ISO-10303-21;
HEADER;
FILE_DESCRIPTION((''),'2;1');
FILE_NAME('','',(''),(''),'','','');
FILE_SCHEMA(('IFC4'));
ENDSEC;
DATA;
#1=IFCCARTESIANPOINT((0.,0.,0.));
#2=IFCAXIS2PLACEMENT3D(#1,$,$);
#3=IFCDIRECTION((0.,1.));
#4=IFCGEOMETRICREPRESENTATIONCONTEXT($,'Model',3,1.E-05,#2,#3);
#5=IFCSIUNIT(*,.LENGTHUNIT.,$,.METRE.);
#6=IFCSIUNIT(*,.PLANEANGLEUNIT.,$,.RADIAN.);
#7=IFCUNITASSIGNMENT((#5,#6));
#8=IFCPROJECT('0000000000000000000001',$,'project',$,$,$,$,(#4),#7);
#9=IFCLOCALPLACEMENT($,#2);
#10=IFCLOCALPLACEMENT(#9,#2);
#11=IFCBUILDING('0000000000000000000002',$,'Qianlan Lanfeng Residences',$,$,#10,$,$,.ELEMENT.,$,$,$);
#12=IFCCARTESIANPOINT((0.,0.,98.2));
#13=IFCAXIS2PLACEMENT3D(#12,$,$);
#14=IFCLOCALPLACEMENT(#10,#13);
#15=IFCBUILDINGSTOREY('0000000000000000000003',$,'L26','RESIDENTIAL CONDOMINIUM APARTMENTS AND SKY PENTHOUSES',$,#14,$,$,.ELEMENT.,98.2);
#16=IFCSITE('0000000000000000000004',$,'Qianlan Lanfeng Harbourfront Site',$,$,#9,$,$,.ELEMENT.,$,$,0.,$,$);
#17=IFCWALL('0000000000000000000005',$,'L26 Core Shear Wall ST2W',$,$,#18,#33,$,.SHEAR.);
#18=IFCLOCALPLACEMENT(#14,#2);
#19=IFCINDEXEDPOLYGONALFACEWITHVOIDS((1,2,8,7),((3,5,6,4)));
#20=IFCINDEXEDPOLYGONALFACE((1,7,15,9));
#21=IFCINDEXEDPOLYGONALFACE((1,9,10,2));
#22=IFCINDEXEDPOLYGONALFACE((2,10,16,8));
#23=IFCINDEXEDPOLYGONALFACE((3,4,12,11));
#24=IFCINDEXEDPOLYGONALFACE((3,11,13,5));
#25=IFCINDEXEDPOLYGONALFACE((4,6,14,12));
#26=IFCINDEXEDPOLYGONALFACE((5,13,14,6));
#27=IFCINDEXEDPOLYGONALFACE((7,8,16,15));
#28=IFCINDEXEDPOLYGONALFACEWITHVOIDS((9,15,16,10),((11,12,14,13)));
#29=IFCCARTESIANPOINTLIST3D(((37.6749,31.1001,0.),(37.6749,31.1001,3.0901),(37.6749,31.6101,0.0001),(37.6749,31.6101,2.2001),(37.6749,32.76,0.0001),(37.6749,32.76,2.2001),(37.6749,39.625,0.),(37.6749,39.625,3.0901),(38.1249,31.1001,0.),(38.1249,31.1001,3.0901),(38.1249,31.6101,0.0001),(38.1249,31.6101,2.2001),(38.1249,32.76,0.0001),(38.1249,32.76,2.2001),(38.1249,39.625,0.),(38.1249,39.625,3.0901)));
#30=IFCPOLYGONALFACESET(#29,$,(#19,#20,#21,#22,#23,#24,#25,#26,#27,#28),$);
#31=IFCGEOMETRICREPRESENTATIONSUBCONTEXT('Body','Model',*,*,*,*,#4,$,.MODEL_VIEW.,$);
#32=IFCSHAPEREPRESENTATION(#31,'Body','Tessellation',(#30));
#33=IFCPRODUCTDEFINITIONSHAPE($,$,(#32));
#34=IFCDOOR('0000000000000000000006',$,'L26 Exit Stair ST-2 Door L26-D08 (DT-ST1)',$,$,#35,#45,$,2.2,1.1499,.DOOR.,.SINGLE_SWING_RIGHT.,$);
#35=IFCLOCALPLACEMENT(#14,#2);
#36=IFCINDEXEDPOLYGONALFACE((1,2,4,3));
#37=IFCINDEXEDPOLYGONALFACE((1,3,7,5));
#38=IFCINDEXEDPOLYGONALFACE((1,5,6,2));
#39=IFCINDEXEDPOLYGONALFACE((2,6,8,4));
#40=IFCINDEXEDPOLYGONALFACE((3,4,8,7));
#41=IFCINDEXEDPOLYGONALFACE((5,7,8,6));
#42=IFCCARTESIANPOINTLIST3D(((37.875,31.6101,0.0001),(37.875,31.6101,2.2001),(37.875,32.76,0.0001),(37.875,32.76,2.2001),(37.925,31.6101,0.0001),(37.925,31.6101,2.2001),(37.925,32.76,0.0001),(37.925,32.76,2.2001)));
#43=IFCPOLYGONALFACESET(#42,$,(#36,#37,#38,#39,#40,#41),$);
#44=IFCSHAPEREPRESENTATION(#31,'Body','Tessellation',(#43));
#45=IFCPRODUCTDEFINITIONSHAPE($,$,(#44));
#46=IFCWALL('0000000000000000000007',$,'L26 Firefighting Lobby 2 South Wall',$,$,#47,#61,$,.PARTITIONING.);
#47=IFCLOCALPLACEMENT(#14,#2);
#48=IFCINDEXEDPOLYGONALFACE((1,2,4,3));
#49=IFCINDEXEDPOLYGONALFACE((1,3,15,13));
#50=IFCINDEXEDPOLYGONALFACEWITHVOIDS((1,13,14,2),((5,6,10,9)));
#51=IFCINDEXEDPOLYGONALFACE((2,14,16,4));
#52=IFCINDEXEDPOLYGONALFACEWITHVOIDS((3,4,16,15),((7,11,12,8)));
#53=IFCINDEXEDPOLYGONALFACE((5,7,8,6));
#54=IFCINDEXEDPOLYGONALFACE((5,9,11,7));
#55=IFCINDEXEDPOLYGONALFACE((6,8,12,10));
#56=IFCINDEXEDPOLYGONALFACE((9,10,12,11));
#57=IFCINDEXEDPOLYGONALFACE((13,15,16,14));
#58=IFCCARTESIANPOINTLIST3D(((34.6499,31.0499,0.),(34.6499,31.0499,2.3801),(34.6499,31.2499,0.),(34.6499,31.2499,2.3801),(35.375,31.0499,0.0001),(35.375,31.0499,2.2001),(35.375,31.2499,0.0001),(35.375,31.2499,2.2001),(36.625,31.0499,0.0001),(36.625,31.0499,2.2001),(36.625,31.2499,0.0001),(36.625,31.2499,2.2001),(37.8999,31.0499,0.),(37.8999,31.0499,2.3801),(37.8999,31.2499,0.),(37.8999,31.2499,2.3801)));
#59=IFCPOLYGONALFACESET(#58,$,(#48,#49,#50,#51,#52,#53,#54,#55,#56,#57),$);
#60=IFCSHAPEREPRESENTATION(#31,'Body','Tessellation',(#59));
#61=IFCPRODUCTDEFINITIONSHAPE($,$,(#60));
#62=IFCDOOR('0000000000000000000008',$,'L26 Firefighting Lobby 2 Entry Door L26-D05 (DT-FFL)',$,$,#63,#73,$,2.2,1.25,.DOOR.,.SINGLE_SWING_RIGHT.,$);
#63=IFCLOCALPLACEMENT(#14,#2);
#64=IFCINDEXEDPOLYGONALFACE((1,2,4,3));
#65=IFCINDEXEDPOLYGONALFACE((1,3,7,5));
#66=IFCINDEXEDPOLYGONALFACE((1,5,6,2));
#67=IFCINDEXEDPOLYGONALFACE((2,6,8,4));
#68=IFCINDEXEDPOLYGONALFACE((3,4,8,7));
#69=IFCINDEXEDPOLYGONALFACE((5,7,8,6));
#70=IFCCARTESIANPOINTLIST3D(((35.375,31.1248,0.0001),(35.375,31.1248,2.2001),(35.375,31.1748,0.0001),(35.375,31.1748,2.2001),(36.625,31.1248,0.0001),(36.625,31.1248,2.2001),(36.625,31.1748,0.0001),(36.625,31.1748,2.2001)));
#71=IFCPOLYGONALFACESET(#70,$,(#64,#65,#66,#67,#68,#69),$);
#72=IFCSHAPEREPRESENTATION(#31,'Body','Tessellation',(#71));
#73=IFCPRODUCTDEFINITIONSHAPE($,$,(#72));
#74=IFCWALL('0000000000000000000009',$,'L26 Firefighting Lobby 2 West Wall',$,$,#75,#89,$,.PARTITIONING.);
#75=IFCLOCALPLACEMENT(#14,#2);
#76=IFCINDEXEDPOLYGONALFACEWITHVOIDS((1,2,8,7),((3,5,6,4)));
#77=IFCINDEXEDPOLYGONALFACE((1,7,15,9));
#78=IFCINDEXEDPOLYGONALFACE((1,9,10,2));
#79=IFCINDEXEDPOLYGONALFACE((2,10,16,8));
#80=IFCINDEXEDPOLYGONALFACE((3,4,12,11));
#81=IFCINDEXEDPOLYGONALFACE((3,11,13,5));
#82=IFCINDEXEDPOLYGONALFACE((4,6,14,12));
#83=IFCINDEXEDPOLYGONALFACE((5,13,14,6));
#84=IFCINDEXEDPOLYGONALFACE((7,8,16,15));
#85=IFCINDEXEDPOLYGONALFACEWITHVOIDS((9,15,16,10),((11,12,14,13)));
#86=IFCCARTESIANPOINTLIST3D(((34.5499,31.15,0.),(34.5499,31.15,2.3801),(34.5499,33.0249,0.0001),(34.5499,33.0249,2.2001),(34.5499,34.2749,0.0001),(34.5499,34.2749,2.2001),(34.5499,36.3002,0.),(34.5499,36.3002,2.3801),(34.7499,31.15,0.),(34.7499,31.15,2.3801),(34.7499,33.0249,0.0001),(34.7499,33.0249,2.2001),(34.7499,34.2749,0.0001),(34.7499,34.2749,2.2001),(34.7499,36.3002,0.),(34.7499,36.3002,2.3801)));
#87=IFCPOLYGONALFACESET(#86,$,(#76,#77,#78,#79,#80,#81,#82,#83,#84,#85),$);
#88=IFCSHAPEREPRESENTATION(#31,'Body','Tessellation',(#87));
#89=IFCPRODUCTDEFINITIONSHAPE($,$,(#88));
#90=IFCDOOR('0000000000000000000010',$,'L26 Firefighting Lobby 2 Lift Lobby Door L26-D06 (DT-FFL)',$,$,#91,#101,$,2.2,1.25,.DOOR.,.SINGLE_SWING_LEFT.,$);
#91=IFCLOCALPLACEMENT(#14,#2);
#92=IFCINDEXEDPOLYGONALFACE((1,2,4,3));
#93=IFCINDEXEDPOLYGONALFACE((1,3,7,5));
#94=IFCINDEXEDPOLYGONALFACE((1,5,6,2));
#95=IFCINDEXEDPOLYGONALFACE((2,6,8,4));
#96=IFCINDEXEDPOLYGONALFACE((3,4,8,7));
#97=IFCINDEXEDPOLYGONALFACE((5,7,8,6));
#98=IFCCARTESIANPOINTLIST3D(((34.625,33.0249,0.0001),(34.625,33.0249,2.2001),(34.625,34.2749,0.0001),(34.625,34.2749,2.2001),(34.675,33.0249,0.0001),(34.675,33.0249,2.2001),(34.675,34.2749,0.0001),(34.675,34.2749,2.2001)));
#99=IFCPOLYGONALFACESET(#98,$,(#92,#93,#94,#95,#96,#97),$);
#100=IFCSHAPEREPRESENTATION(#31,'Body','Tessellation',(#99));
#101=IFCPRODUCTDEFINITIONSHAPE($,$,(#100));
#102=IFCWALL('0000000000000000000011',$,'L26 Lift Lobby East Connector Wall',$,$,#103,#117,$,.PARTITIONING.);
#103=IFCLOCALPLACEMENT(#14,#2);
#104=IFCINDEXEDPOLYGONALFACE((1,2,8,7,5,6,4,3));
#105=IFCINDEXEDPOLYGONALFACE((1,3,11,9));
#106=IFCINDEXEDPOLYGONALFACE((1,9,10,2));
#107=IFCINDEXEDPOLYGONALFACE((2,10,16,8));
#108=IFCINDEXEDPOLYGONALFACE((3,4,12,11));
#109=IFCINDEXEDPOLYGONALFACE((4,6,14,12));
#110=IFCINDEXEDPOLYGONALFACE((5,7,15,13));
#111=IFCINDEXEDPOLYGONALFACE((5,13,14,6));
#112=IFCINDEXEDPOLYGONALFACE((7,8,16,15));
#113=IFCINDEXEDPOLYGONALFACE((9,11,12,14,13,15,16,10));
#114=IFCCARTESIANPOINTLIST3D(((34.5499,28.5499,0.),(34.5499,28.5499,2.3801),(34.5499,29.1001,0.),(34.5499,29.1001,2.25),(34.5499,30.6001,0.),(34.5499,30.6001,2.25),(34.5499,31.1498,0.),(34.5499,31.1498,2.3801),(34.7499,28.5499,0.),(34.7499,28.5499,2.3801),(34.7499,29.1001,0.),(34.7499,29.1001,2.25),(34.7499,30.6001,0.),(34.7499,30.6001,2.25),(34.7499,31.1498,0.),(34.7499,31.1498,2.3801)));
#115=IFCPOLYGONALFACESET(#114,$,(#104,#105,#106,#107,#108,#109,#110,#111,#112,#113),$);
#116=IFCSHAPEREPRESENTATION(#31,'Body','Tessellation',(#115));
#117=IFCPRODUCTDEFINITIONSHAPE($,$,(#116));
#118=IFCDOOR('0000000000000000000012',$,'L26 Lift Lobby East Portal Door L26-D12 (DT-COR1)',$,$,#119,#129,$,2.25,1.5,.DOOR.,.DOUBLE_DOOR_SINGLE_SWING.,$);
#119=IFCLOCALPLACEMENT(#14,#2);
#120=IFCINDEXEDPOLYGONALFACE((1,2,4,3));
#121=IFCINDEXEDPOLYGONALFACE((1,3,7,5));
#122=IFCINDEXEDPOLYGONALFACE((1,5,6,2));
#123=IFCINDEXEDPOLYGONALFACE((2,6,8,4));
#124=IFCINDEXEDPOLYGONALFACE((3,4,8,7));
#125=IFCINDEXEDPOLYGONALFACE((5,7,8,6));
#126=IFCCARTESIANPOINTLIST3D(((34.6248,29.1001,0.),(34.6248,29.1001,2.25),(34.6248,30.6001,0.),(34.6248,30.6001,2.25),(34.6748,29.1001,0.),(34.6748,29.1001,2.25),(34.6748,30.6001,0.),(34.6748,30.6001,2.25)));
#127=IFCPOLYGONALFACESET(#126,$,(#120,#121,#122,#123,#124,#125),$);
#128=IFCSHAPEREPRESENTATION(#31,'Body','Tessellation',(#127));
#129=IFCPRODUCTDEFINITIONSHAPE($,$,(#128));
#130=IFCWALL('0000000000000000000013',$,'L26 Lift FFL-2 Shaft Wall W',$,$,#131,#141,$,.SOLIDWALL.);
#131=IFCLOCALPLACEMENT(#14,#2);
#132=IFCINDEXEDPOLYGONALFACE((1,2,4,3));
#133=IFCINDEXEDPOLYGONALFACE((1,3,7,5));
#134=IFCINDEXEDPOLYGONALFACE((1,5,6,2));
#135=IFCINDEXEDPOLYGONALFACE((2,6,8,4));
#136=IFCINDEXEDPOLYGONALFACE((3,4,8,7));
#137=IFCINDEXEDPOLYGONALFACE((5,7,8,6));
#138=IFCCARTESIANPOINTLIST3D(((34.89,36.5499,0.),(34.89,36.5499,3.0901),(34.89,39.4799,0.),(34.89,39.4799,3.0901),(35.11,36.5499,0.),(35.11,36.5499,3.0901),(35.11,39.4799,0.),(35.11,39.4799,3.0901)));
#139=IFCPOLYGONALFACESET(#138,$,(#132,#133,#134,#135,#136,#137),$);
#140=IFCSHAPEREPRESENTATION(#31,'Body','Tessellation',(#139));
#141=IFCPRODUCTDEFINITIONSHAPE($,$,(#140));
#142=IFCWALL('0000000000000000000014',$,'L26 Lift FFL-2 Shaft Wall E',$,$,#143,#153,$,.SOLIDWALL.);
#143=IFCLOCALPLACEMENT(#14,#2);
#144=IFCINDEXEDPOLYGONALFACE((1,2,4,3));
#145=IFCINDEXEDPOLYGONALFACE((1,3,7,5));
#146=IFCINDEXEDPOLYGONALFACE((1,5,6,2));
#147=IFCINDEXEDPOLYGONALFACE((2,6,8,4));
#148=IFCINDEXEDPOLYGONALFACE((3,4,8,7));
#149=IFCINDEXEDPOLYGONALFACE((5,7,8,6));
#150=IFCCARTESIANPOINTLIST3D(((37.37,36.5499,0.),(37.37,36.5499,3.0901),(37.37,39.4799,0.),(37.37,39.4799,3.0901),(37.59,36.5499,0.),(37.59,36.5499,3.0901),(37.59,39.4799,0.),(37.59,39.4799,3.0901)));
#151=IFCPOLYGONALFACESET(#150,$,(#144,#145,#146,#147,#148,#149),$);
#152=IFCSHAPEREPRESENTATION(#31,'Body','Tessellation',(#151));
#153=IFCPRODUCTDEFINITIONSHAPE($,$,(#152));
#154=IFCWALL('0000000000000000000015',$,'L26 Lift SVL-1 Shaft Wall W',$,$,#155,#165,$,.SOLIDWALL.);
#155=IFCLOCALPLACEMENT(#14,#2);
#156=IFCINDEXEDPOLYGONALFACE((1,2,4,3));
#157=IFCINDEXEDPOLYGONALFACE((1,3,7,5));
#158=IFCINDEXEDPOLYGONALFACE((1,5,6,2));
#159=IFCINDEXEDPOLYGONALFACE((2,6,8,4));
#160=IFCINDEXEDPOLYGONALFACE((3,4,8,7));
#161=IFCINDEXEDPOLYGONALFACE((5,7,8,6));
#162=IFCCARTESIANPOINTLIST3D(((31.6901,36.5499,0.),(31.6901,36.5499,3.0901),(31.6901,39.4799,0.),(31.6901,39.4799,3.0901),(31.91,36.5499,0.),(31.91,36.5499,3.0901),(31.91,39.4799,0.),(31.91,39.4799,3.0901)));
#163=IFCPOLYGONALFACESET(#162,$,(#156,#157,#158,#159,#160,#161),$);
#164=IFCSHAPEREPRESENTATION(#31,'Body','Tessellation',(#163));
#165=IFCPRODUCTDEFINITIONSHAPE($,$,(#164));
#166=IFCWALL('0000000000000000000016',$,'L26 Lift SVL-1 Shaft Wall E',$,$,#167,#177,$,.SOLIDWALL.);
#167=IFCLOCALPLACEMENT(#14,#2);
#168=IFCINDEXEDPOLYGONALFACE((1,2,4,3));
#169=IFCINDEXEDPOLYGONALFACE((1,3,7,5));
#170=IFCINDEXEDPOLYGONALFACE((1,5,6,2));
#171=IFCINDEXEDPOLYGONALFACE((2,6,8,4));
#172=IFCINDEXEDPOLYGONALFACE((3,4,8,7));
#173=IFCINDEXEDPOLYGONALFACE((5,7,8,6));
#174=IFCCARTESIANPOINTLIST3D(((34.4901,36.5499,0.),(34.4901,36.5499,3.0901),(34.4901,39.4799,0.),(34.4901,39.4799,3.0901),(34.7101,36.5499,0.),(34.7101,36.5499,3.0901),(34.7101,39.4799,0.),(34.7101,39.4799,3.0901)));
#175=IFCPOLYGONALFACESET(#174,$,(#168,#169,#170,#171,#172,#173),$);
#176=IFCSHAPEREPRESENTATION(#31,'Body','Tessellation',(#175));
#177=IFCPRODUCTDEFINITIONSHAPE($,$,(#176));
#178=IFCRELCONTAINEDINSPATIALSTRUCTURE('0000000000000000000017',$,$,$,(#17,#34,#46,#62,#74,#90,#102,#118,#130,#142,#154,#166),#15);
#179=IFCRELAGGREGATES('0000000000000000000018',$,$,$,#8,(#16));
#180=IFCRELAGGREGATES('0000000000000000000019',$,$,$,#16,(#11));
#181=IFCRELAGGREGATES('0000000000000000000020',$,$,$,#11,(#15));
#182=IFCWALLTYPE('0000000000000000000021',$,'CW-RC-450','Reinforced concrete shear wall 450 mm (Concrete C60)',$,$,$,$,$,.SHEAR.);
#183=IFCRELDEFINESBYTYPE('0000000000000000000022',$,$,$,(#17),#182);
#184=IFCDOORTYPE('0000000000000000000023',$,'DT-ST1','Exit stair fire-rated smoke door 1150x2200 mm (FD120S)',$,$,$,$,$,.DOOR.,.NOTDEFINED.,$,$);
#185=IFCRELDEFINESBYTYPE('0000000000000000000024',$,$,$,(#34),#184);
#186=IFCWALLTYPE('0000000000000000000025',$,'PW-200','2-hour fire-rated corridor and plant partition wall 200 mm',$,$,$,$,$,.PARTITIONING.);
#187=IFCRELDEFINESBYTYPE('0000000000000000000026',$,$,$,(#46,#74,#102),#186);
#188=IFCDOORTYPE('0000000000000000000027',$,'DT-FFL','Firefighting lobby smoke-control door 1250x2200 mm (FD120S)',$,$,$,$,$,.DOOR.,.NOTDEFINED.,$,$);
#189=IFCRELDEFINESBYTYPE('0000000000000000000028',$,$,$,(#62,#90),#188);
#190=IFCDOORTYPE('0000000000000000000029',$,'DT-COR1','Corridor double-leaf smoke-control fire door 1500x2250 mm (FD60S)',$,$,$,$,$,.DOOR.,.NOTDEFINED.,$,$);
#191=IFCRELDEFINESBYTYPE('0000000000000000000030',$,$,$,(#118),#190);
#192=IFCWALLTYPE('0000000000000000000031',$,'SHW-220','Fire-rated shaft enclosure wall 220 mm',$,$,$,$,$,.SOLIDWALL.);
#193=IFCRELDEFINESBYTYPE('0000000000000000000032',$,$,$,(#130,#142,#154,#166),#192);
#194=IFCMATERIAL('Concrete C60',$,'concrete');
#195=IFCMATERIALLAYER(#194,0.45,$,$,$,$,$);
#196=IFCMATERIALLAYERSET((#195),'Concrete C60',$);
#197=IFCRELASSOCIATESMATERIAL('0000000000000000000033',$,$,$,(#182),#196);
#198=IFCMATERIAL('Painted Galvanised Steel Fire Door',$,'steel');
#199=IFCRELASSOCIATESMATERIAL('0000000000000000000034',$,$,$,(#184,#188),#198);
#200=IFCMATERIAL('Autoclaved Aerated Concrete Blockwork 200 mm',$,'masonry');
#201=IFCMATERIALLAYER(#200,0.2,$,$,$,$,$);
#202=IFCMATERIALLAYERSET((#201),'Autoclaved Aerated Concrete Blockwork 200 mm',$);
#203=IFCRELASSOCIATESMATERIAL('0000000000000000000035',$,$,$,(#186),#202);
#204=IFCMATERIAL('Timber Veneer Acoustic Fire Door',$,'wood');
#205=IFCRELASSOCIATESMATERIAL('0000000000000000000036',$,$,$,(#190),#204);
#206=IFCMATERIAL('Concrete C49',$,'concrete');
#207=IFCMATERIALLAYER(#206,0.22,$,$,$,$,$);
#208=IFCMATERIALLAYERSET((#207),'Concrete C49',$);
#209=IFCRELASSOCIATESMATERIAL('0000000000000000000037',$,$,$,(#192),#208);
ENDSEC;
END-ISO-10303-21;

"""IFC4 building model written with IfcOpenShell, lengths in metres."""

from ifc_helpers import new_model, si_unit, direction, frame, frame_2d, origin, place, context, subcontext, project, spatial, rectangle, extrude, material, layer, layer_set, type_object, element, fill, save


model = new_model("IFC4")

# Units and contexts
model_context = context("Model", 3, precision=1e-05, world=origin(), true_north=direction((0.0, 1.0)))
body_context = subcontext(model_context, "Body", "Model", "MODEL_VIEW")
ifc_project = project(units=[si_unit("LENGTHUNIT", "METRE"), si_unit("PLANEANGLEUNIT", "RADIAN")], contexts=[model_context])

# Site, building, storey
site_placement = place(None, origin())
site = spatial("IfcSite", under=ifc_project, at=site_placement, Name="Qianlan Lanfeng Harbourfront Site", CompositionType="ELEMENT", RefElevation=0.0)
building_placement = place(site_placement, origin())
building = spatial("IfcBuilding", under=site, at=building_placement, Name="Qianlan Lanfeng Residences", CompositionType="ELEMENT")
storey_placement = place(building_placement, frame((0.0, 0.0, 98.2)))
storey = spatial("IfcBuildingStorey", under=building, at=storey_placement, Name="L26", Description="RESIDENTIAL CONDOMINIUM APARTMENTS AND SKY PENTHOUSES", CompositionType="ELEMENT", Elevation=98.2)

# Walls, openings, doors
ifc_material_1 = material(Name="Concrete C60", Category="concrete")
ifc_layer_1 = layer(ifc_material_1, 0.45)
ifc_layer_set_1 = layer_set([ifc_layer_1], Name="Concrete C60")
wall_type_1 = type_object("IfcWallType", Name="CW-RC-450", Description="Reinforced concrete shear wall 450 mm (Concrete C60)", PredefinedType="SHEAR", material=ifc_layer_set_1)
wall_1_placement = place(storey_placement, frame((37.8999, 31.1001, 0.0), z_axis=(0.0, 0.0, 1.0), x_axis=(0.0, 1.0, 0.0)))
wall_1 = element("IfcWall", 1, at=wall_1_placement, inside=storey, type_object=wall_type_1, Name="L26 Core Shear Wall ST2W", PredefinedType="SHEAR", context=body_context, shape_type="SweptSolid", body=[
    extrude(rectangle(XDim=8.5249, YDim=0.45, at=frame_2d((4.2625, 0.0))), origin(), (0.0, 0.0, 1.0), 3.0901),
])
opening_1_placement = place(wall_1_placement, frame((0.51, 0.0, 0.0)))
opening_1 = element("IfcOpeningElement", 2, at=opening_1_placement, cuts=wall_1, PredefinedType="OPENING", context=body_context, shape_type="SweptSolid", body=[
    extrude(rectangle(XDim=1.1499, YDim=2.2, at=frame_2d((0.575, 1.1001))), frame((0.0, 0.2349, 0.0), z_axis=(0.0, -1.0, 0.0), x_axis=(1.0, 0.0, 0.0)), (0.0, 0.0, 1.0), 0.47),
])
ifc_material_2 = material(Name="Painted Galvanised Steel Fire Door", Category="steel")
door_type_1 = type_object("IfcDoorType", Name="DT-ST1", Description="Exit stair fire-rated smoke door 1150x2200 mm (FD120S)", OperationType="NOTDEFINED", PredefinedType="DOOR", material=ifc_material_2)
door_1_placement = place(opening_1_placement, origin())
door_1 = element("IfcDoor", 3, at=door_1_placement, inside=storey, type_object=door_type_1, Name="L26 Exit Stair ST-2 Door L26-D08 (DT-ST1)", OperationType="SINGLE_SWING_RIGHT", OverallHeight=2.2, OverallWidth=1.1499, PredefinedType="DOOR", context=body_context, shape_type="SweptSolid", body=[
    extrude(rectangle(XDim=1.1499, YDim=2.2, at=frame_2d((0.575, 1.1001))), frame((0.0, 0.0249, 0.0), z_axis=(0.0, -1.0, 0.0), x_axis=(1.0, 0.0, 0.0)), (0.0, 0.0, 1.0), 0.05),
])
fill(opening_1, door_1)
ifc_material_3 = material(Name="Autoclaved Aerated Concrete Blockwork 200 mm", Category="masonry")
ifc_layer_2 = layer(ifc_material_3, 0.2)
ifc_layer_set_2 = layer_set([ifc_layer_2], Name="Autoclaved Aerated Concrete Blockwork 200 mm")
wall_type_2 = type_object("IfcWallType", Name="PW-200", Description="2-hour fire-rated corridor and plant partition wall 200 mm", PredefinedType="PARTITIONING", material=ifc_layer_set_2)
wall_2_placement = place(storey_placement, frame((34.6499, 31.1499, 0.0), z_axis=(0.0, 0.0, 1.0), x_axis=(1.0, 0.0, 0.0)))
wall_2 = element("IfcWall", 4, at=wall_2_placement, inside=storey, type_object=wall_type_2, Name="L26 Firefighting Lobby 2 South Wall", PredefinedType="PARTITIONING", context=body_context, shape_type="SweptSolid", body=[
    extrude(rectangle(XDim=3.25, YDim=0.2, at=frame_2d((1.625, 0.0))), origin(), (0.0, 0.0, 1.0), 2.3801),
])
opening_2_placement = place(wall_2_placement, frame((0.7251, 0.0, 0.0)))
opening_2 = element("IfcOpeningElement", 5, at=opening_2_placement, cuts=wall_2, PredefinedType="OPENING", context=body_context, shape_type="SweptSolid", body=[
    extrude(rectangle(XDim=1.25, YDim=2.2, at=frame_2d((0.625, 1.1001))), frame((0.0, 0.1099, 0.0), z_axis=(0.0, -1.0, 0.0), x_axis=(1.0, 0.0, 0.0)), (0.0, 0.0, 1.0), 0.22),
])
door_type_2 = type_object("IfcDoorType", Name="DT-FFL", Description="Firefighting lobby smoke-control door 1250x2200 mm (FD120S)", OperationType="NOTDEFINED", PredefinedType="DOOR", material=ifc_material_2)
door_2_placement = place(opening_2_placement, origin())
door_2 = element("IfcDoor", 6, at=door_2_placement, inside=storey, type_object=door_type_2, Name="L26 Firefighting Lobby 2 Entry Door L26-D05 (DT-FFL)", OperationType="SINGLE_SWING_RIGHT", OverallHeight=2.2, OverallWidth=1.25, PredefinedType="DOOR", context=body_context, shape_type="SweptSolid", body=[
    extrude(rectangle(XDim=1.25, YDim=2.2, at=frame_2d((0.625, 1.1001))), frame((0.0, 0.0249, 0.0), z_axis=(0.0, -1.0, 0.0), x_axis=(1.0, 0.0, 0.0)), (0.0, 0.0, 1.0), 0.05),
])
fill(opening_2, door_2)
wall_3_placement = place(storey_placement, frame((34.6499, 31.1499, 0.0), z_axis=(0.0, 0.0, 1.0), x_axis=(0.0, 1.0, 0.0)))
wall_3 = element("IfcWall", 7, at=wall_3_placement, inside=storey, type_object=wall_type_2, Name="L26 Firefighting Lobby 2 West Wall", PredefinedType="PARTITIONING", context=body_context, shape_type="SweptSolid", body=[
    extrude(rectangle(XDim=5.1501, YDim=0.2, at=frame_2d((2.5752, 0.0))), origin(), (0.0, 0.0, 1.0), 2.3801),
])
opening_3_placement = place(wall_3_placement, frame((1.875, 0.0, 0.0)))
opening_3 = element("IfcOpeningElement", 8, at=opening_3_placement, cuts=wall_3, PredefinedType="OPENING", context=body_context, shape_type="SweptSolid", body=[
    extrude(rectangle(XDim=1.25, YDim=2.2, at=frame_2d((0.625, 1.1001))), frame((0.0, 0.1099, 0.0), z_axis=(0.0, -1.0, 0.0), x_axis=(1.0, 0.0, 0.0)), (0.0, 0.0, 1.0), 0.22),
])
door_3_placement = place(opening_3_placement, origin())
door_3 = element("IfcDoor", 9, at=door_3_placement, inside=storey, type_object=door_type_2, Name="L26 Firefighting Lobby 2 Lift Lobby Door L26-D06 (DT-FFL)", OperationType="SINGLE_SWING_LEFT", OverallHeight=2.2, OverallWidth=1.25, PredefinedType="DOOR", context=body_context, shape_type="SweptSolid", body=[
    extrude(rectangle(XDim=1.25, YDim=2.2, at=frame_2d((0.625, 1.1001))), frame((0.0, 0.0249, 0.0), z_axis=(0.0, -1.0, 0.0), x_axis=(1.0, 0.0, 0.0)), (0.0, 0.0, 1.0), 0.05),
])
fill(opening_3, door_3)
wall_4_placement = place(storey_placement, frame((34.6499, 28.55, 0.0), z_axis=(0.0, 0.0, 1.0), x_axis=(0.0, 1.0, 0.0)))
wall_4 = element("IfcWall", 10, at=wall_4_placement, inside=storey, type_object=wall_type_2, Name="L26 Lift Lobby East Connector Wall", PredefinedType="PARTITIONING", context=body_context, shape_type="SweptSolid", body=[
    extrude(rectangle(XDim=2.5999, YDim=0.2, at=frame_2d((1.2998, 0.0))), origin(), (0.0, 0.0, 1.0), 2.3801),
])
opening_4_placement = place(wall_4_placement, frame((0.55, 0.0, 0.0)))
opening_4 = element("IfcOpeningElement", 11, at=opening_4_placement, cuts=wall_4, PredefinedType="OPENING", context=body_context, shape_type="SweptSolid", body=[
    extrude(rectangle(XDim=1.5, YDim=2.25, at=frame_2d((0.75, 1.125))), frame((0.0, 0.1099, 0.0), z_axis=(0.0, -1.0, 0.0), x_axis=(1.0, 0.0, 0.0)), (0.0, 0.0, 1.0), 0.22),
])
ifc_material_4 = material(Name="Timber Veneer Acoustic Fire Door", Category="wood")
door_type_3 = type_object("IfcDoorType", Name="DT-COR1", Description="Corridor double-leaf smoke-control fire door 1500x2250 mm (FD60S)", OperationType="NOTDEFINED", PredefinedType="DOOR", material=ifc_material_4)
door_4_placement = place(opening_4_placement, frame((1.5, 0.0, 0.0), z_axis=(0.0, 0.0, 1.0), x_axis=(-1.0, 0.0, 0.0)))
door_4 = element("IfcDoor", 12, at=door_4_placement, inside=storey, type_object=door_type_3, Name="L26 Lift Lobby East Portal Door L26-D12 (DT-COR1)", OperationType="DOUBLE_DOOR_SINGLE_SWING", OverallHeight=2.25, OverallWidth=1.5, PredefinedType="DOOR", context=body_context, shape_type="SweptSolid", body=[
    extrude(rectangle(XDim=1.5, YDim=2.25, at=frame_2d((0.75, 1.125))), frame((0.0, 0.0249, 0.0), z_axis=(0.0, -1.0, 0.0), x_axis=(1.0, 0.0, 0.0)), (0.0, 0.0, 1.0), 0.05),
])
fill(opening_4, door_4)

# Walls
ifc_material_5 = material(Name="Concrete C49", Category="concrete")
ifc_layer_3 = layer(ifc_material_5, 0.22)
ifc_layer_set_3 = layer_set([ifc_layer_3], Name="Concrete C49")
wall_type_3 = type_object("IfcWallType", Name="SHW-220", Description="Fire-rated shaft enclosure wall 220 mm", PredefinedType="SOLIDWALL", material=ifc_layer_set_3)
for number, where, z_axis, x_axis, name in (
    (13, (35.0, 36.55, 0.0), (0.0, 0.0, 1.0), (0.0, 1.0, 0.0), "L26 Lift FFL-2 Shaft Wall W"),
    (14, (37.48, 36.55, 0.0), (0.0, 0.0, 1.0), (0.0, 1.0, 0.0), "L26 Lift FFL-2 Shaft Wall E"),
    (15, (31.8, 36.55, 0.0), (0.0, 0.0, 1.0), (0.0, 1.0, 0.0), "L26 Lift SVL-1 Shaft Wall W"),
    (16, (34.6001, 36.55, 0.0), (0.0, 0.0, 1.0), (0.0, 1.0, 0.0), "L26 Lift SVL-1 Shaft Wall E"),
):
    element("IfcWall", number, at=place(storey_placement, frame(where, z_axis=z_axis, x_axis=x_axis)), inside=storey, type_object=wall_type_3, Name=name, PredefinedType="SOLIDWALL", context=body_context, shape_type="SweptSolid", body=[
        extrude(rectangle(XDim=2.9299, YDim=0.22, at=frame_2d((1.4648, 0.0))), origin(), (0.0, 0.0, 1.0), 3.0901),
    ])

save(model, "model.ifc")
